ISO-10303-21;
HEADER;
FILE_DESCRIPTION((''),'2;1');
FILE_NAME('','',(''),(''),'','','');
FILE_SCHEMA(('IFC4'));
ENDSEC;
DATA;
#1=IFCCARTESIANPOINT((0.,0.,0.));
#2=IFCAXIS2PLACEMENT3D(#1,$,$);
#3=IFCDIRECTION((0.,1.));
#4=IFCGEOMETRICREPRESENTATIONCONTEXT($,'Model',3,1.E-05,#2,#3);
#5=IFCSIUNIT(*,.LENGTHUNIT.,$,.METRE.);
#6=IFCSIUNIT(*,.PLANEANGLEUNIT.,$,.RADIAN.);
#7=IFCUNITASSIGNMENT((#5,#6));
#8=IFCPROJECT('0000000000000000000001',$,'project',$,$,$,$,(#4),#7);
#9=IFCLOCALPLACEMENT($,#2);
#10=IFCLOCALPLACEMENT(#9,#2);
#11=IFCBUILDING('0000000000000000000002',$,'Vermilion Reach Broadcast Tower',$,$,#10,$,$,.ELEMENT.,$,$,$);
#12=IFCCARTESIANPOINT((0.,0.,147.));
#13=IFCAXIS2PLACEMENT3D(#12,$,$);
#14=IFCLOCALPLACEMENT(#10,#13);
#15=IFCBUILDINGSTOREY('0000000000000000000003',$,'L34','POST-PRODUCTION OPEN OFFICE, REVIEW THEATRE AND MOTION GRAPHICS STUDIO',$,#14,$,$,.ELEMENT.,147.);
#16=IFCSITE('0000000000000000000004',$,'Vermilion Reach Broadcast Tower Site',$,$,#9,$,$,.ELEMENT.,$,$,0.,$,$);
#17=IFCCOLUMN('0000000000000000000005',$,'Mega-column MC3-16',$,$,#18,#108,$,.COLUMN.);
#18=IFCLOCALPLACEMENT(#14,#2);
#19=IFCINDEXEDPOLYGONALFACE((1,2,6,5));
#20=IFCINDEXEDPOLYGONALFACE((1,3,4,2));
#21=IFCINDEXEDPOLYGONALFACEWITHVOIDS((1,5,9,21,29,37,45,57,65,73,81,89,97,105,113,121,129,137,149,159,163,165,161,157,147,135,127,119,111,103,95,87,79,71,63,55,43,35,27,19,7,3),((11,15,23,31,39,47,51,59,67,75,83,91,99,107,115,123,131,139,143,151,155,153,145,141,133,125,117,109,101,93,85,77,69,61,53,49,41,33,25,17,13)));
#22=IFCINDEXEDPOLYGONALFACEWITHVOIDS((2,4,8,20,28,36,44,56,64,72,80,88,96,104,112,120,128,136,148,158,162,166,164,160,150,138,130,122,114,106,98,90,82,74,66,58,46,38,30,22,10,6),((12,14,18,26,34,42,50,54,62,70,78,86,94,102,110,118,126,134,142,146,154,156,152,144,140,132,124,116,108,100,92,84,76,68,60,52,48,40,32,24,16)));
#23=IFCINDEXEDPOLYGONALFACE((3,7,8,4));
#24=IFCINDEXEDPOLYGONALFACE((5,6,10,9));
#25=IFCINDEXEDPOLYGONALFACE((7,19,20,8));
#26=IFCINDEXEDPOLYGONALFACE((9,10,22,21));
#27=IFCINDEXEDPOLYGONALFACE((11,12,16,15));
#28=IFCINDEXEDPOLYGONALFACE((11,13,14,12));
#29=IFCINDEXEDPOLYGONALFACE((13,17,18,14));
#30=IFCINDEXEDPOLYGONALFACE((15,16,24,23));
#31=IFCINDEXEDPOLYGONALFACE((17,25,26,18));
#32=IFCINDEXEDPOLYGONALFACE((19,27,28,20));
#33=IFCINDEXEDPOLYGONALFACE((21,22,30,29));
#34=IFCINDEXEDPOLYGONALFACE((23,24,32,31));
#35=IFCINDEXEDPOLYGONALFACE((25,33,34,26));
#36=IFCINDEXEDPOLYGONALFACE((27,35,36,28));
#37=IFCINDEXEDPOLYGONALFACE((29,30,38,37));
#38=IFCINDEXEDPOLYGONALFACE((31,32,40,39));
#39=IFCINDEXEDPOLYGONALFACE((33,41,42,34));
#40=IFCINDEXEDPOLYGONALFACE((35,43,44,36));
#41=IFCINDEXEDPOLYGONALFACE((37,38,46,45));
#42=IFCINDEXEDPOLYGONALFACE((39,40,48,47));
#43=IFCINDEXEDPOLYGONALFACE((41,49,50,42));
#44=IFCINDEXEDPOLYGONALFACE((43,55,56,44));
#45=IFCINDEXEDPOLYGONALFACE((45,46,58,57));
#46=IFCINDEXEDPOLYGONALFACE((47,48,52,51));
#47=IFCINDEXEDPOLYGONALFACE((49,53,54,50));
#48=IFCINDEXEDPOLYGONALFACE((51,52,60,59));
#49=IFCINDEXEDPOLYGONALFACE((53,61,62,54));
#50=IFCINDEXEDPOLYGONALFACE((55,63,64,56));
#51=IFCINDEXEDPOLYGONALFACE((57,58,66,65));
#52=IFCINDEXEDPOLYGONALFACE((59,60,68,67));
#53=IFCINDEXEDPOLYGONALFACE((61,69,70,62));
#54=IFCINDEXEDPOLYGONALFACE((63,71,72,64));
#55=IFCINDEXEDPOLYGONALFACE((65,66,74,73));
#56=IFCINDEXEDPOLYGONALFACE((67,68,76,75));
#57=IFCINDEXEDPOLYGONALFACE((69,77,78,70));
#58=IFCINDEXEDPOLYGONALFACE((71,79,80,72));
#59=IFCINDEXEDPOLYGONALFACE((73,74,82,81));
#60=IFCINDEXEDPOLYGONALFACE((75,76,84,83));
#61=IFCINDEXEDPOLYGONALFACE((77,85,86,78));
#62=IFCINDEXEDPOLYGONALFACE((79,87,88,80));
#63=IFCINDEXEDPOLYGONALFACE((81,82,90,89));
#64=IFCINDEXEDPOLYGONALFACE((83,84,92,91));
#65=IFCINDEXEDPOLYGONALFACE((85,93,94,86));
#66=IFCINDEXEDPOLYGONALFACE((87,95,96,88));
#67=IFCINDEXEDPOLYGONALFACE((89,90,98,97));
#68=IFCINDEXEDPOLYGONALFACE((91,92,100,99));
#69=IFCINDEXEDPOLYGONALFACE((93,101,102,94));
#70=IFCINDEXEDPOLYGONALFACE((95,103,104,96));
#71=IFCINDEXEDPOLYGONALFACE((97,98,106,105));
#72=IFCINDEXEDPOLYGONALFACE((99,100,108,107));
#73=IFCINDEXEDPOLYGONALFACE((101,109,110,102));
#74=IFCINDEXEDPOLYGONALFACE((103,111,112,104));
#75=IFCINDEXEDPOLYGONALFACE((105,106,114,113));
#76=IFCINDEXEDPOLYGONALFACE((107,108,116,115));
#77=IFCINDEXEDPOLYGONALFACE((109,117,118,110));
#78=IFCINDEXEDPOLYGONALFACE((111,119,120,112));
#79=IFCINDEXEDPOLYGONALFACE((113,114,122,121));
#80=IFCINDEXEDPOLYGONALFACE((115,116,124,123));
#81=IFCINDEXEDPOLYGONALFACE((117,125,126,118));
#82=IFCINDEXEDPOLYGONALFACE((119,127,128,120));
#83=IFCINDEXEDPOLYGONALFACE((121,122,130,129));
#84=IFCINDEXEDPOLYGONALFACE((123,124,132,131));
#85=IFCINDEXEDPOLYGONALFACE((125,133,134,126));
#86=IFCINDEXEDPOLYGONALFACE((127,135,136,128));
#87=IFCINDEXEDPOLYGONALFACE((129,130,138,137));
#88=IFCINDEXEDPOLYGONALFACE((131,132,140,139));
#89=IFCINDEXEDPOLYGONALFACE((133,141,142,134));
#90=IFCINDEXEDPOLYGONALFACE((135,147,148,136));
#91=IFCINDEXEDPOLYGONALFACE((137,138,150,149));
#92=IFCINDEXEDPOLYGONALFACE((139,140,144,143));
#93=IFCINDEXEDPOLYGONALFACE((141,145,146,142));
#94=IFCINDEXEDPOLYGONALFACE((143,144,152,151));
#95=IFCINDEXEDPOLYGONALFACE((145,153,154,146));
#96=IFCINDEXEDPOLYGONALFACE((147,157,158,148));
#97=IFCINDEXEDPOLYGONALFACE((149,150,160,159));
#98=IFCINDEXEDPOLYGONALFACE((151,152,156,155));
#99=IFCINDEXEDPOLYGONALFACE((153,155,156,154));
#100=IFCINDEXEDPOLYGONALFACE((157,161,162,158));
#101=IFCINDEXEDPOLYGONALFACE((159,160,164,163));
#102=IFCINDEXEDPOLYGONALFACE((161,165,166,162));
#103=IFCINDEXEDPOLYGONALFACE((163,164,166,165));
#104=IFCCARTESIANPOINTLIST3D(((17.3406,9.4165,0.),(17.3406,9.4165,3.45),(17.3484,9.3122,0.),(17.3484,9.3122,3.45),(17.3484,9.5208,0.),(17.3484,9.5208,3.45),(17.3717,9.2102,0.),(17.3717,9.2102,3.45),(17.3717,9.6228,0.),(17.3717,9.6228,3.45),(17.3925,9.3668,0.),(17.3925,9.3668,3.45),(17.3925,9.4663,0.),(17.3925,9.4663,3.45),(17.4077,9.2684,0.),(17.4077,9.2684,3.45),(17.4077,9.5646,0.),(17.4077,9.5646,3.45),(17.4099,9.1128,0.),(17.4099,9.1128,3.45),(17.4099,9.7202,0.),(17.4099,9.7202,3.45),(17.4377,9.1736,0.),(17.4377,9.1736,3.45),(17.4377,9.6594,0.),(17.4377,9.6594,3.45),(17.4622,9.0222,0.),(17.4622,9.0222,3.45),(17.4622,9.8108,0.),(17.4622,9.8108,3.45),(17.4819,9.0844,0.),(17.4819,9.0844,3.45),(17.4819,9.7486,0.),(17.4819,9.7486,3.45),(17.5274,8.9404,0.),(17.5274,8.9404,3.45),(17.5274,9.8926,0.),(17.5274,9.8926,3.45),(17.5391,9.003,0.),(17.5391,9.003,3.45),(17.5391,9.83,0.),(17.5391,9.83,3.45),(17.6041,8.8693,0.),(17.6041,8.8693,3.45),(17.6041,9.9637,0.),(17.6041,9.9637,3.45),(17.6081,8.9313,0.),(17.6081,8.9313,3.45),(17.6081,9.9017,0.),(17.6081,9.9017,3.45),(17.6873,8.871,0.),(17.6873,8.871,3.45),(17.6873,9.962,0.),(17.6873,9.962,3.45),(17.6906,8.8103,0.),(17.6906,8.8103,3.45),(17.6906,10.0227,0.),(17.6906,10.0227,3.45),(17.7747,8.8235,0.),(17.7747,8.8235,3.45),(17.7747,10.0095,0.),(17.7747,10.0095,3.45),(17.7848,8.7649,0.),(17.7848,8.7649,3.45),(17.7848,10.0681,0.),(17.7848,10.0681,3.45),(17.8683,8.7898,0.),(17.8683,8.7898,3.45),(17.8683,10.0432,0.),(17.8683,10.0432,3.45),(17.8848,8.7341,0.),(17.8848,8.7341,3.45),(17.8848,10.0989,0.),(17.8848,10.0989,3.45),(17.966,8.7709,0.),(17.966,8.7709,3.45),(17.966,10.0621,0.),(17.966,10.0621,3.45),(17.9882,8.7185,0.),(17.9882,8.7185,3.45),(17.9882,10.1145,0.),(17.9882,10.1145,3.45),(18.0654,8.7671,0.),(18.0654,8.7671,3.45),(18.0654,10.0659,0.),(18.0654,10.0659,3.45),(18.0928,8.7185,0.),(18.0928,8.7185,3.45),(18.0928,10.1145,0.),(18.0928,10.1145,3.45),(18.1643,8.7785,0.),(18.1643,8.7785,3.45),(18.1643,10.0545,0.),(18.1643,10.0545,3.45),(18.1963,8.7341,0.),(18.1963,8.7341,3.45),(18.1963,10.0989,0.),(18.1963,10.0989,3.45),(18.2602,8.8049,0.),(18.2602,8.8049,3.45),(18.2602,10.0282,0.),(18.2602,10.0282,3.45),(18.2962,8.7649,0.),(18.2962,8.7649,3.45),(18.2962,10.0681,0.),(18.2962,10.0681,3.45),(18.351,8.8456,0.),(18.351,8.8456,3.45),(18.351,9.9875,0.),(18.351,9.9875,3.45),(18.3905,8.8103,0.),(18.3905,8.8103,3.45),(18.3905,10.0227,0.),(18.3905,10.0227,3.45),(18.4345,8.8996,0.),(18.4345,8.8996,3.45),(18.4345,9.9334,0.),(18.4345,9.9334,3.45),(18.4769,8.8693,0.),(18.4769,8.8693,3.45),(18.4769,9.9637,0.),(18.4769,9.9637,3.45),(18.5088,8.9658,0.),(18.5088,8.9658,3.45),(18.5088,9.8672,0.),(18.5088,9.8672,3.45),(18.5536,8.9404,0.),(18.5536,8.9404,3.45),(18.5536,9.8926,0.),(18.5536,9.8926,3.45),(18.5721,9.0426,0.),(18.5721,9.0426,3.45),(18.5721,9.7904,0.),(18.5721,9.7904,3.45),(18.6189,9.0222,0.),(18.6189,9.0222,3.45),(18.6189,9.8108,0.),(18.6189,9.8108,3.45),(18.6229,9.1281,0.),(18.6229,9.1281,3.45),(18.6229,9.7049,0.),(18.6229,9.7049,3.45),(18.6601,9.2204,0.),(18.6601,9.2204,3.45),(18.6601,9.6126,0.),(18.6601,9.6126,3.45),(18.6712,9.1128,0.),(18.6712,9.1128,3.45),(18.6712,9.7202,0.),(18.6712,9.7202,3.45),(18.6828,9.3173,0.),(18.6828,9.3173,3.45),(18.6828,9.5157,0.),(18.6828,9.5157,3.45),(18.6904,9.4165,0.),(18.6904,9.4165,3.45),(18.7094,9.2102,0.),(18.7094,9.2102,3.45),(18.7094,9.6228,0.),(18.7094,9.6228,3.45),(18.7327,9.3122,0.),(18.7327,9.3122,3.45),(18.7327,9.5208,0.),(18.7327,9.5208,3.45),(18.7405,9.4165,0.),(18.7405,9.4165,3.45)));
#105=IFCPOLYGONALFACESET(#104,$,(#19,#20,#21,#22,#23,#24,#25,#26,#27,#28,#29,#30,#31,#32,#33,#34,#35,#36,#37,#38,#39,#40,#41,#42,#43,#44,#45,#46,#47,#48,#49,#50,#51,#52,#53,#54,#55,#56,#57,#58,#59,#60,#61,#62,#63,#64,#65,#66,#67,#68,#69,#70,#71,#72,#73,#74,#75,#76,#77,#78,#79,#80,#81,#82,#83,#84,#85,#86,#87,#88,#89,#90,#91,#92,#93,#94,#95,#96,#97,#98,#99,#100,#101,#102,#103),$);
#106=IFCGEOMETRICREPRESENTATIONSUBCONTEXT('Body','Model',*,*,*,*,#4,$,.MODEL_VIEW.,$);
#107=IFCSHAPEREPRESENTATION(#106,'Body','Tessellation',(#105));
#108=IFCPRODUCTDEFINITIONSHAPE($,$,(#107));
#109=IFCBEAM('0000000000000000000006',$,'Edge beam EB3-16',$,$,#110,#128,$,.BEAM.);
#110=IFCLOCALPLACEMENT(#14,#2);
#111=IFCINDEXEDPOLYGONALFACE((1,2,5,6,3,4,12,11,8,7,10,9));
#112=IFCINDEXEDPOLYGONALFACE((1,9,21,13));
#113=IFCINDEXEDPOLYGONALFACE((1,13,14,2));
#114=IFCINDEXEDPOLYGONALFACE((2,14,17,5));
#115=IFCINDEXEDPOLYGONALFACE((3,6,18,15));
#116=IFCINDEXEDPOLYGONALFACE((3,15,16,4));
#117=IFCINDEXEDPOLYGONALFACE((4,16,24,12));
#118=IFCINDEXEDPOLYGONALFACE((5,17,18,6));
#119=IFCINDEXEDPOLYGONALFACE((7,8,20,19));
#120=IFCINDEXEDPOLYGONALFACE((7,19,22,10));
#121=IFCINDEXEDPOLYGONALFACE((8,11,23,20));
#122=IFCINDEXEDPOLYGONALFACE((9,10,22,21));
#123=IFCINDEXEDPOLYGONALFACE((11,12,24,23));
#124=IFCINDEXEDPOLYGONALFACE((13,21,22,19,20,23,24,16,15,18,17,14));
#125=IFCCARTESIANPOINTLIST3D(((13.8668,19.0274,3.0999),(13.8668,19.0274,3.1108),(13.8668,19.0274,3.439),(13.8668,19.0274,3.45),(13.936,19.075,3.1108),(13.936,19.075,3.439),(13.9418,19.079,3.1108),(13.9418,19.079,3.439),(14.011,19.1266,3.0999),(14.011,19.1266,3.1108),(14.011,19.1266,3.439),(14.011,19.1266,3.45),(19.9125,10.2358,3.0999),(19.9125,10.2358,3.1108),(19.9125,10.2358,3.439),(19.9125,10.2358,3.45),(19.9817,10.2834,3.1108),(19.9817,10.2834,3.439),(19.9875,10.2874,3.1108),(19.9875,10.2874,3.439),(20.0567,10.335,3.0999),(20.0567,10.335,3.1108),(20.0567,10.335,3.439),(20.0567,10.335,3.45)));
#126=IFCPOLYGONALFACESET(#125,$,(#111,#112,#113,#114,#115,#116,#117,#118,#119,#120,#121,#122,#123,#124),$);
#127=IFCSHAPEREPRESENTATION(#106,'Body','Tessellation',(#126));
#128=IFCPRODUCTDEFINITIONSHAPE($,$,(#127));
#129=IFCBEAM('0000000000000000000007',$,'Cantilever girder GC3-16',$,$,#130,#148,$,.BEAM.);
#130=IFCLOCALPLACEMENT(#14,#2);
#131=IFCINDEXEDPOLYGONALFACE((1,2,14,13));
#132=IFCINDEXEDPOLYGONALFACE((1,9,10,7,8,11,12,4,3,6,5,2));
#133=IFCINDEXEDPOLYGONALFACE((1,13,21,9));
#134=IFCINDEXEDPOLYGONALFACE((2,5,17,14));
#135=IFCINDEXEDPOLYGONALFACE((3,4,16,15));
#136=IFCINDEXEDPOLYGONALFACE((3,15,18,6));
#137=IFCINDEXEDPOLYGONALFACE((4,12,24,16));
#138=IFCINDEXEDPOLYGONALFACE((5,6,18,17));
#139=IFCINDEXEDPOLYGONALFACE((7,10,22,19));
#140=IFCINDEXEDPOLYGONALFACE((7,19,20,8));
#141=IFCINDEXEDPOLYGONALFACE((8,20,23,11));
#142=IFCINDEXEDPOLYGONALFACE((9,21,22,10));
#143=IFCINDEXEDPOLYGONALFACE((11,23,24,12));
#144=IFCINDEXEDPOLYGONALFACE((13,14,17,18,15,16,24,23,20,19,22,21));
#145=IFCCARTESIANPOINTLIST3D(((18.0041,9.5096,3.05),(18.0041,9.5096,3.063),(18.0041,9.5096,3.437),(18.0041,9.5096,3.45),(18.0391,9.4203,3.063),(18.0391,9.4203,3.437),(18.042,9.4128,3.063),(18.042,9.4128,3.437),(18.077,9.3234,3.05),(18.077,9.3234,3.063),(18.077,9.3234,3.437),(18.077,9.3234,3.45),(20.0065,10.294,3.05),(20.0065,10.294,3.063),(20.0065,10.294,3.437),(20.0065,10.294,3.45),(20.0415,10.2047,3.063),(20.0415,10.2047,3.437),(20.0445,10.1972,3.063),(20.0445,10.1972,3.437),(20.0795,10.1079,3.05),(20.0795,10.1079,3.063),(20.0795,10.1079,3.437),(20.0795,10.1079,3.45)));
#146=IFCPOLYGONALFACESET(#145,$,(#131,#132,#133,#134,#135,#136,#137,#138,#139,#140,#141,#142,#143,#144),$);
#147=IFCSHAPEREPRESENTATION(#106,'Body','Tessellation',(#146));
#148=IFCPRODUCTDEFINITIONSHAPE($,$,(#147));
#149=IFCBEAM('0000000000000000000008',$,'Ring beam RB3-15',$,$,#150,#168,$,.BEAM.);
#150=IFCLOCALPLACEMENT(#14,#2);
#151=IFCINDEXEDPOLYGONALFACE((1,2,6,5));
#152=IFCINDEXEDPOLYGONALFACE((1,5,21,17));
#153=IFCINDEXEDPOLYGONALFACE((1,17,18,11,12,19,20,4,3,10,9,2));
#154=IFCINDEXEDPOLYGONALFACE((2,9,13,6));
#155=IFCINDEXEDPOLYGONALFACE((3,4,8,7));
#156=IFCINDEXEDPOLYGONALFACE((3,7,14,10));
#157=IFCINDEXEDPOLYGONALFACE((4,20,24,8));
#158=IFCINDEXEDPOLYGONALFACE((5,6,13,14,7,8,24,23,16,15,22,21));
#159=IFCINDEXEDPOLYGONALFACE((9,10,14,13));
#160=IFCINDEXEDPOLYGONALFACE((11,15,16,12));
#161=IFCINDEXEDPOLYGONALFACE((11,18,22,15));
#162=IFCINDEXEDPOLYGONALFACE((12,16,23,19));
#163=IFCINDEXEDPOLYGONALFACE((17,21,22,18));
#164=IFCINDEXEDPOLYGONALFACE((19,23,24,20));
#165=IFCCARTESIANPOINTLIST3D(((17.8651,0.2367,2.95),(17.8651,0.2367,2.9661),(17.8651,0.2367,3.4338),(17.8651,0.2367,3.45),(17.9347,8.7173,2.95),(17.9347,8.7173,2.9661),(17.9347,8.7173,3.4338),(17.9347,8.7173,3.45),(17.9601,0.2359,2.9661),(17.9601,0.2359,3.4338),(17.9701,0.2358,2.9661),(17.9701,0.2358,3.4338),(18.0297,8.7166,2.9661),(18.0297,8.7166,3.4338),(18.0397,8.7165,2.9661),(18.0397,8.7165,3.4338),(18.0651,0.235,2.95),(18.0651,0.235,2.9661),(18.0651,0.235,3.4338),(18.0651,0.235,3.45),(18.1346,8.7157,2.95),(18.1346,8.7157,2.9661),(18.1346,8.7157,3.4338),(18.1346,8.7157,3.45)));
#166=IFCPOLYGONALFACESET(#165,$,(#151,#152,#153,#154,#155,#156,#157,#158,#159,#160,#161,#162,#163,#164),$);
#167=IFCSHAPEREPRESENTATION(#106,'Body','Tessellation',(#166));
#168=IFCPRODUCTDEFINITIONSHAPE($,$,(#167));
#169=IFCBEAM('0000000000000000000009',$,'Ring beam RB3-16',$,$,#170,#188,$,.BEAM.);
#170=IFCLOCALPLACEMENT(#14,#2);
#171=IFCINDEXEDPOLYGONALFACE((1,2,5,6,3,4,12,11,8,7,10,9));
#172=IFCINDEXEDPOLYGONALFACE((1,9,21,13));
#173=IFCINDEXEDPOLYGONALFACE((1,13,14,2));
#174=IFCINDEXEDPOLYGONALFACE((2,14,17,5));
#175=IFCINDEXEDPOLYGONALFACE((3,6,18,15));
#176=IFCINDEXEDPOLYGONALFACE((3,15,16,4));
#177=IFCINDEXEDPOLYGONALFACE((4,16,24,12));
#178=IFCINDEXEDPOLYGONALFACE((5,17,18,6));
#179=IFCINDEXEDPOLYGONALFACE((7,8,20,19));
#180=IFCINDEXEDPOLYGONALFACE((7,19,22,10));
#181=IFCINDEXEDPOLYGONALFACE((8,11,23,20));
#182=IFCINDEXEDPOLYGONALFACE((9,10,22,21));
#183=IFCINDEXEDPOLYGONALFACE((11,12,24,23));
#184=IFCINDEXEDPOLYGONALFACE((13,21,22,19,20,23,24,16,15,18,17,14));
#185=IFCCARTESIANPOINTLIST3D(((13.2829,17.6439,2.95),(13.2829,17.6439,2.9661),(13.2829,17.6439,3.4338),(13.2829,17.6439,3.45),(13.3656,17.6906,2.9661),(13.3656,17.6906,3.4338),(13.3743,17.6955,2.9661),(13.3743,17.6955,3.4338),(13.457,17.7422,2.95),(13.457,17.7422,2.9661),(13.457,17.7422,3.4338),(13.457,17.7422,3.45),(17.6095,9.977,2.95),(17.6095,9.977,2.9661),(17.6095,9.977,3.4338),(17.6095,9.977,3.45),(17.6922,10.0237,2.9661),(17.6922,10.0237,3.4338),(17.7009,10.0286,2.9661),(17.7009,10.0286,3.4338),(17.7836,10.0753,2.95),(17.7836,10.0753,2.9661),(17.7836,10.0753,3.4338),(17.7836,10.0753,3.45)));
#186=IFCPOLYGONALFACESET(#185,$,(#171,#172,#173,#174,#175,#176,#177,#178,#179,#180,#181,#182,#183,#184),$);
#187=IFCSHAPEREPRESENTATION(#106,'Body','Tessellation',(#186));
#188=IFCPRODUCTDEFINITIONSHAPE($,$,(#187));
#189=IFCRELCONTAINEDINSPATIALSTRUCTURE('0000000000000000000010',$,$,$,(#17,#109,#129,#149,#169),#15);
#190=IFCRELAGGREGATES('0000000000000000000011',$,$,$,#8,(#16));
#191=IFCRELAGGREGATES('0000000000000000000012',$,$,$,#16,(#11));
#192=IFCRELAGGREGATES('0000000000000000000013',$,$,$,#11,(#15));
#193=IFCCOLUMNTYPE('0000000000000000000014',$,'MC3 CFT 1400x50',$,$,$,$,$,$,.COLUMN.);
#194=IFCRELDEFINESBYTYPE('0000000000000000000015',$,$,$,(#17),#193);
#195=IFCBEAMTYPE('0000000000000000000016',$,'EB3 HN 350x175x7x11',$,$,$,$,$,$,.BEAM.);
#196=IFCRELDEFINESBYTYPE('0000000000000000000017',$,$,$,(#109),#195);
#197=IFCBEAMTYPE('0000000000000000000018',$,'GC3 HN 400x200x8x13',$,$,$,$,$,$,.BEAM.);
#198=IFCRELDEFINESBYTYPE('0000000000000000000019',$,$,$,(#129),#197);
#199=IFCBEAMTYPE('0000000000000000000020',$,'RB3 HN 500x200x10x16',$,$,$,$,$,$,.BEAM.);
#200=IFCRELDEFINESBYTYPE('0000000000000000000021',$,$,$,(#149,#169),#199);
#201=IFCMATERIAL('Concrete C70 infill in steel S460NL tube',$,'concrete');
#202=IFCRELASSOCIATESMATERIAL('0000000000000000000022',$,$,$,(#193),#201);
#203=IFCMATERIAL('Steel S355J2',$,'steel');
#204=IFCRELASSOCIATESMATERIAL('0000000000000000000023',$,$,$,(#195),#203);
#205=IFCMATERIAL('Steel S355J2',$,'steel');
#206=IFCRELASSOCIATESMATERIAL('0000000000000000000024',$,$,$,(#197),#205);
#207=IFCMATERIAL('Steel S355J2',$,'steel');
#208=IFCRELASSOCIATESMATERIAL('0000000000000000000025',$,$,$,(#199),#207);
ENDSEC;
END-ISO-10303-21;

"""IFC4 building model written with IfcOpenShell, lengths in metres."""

from ifc_helpers import new_model, si_unit, direction, frame, origin, origin_2d, place, context, subcontext, project, spatial, hollow_circle, i_section, extrude, material, material_profile, profile_set, type_object, element, save


model = new_model("IFC4")

# Units and contexts
model_context = context("Model", 3, precision=1e-05, world=origin(), true_north=direction((0.0, 1.0)))
body_context = subcontext(model_context, "Body", "Model", "MODEL_VIEW")
ifc_project = project(units=[si_unit("LENGTHUNIT", "METRE"), si_unit("PLANEANGLEUNIT", "RADIAN")], contexts=[model_context])

# Site, building, storey
site_placement = place(None, origin())
site = spatial("IfcSite", under=ifc_project, at=site_placement, Name="Vermilion Reach Broadcast Tower Site", CompositionType="ELEMENT", RefElevation=0.0)
building_placement = place(site_placement, origin())
building = spatial("IfcBuilding", under=site, at=building_placement, Name="Vermilion Reach Broadcast Tower", CompositionType="ELEMENT")
storey_placement = place(building_placement, frame((0.0, 0.0, 147.0)))
storey = spatial("IfcBuildingStorey", under=building, at=storey_placement, Name="L34", Description="POST-PRODUCTION OPEN OFFICE, REVIEW THEATRE AND MOTION GRAPHICS STUDIO", CompositionType="ELEMENT", Elevation=147.0)

# Column
ifc_material_1 = material(Name="Concrete C70 infill in steel S460NL tube", Category="concrete")
ifc_material_profile_1 = material_profile(ifc_material_1, hollow_circle(Radius=0.7, WallThickness=0.05, at=origin_2d()), Name="Concrete C70 infill in steel S460NL tube CFT 1400x50")
ifc_profile_set_1 = profile_set([ifc_material_profile_1], Name="Concrete C70 infill in steel S460NL tube")
column_type = type_object("IfcColumnType", Name="MC3 CFT 1400x50", PredefinedType="COLUMN", material=ifc_profile_set_1)
column_placement = place(storey_placement, frame((18.0405, 9.4165, 0.0), z_axis=(0.0, 0.0, 1.0), x_axis=(1.0, 0.0, 0.0)))
element("IfcColumn", 1, at=column_placement, inside=storey, type_object=column_type, Name="Mega-column MC3-16", PredefinedType="COLUMN", context=body_context, shape_type="SweptSolid", body=[
    extrude(hollow_circle(Radius=0.7, WallThickness=0.05, at=origin_2d()), origin(), (0.0, 0.0, 1.0), 3.45),
])

# Beams
ifc_material_2 = material(Name="Steel S355J2", Category="steel")
ifc_material_profile_2 = material_profile(ifc_material_2, i_section(OverallWidth=0.175, OverallDepth=0.3501, WebThickness=0.0071, FlangeThickness=0.011, at=origin_2d()), Name="S355J2 HN 350x175x7x11")
ifc_profile_set_2 = profile_set([ifc_material_profile_2], Name="Steel S355J2")
beam_type_1 = type_object("IfcBeamType", Name="EB3 HN 350x175x7x11", PredefinedType="BEAM", material=ifc_profile_set_2)
beam_1_placement = place(storey_placement, frame((19.9846, 10.2854, 3.2749), z_axis=(-0.566624, 0.823976, 0.0), x_axis=(-0.823976, -0.566624, 0.0)))
element("IfcBeam", 2, at=beam_1_placement, inside=storey, type_object=beam_type_1, Name="Edge beam EB3-16", PredefinedType="BEAM", context=body_context, shape_type="SweptSolid", body=[
    extrude(i_section(OverallWidth=0.175, OverallDepth=0.3501, WebThickness=0.0071, FlangeThickness=0.011, at=origin_2d()), origin(), (0.0, 0.0, 1.0), 10.6697),
])
ifc_material_3 = material(Name="Steel S355J2", Category="steel")
ifc_material_profile_3 = material_profile(ifc_material_3, i_section(OverallWidth=0.2, OverallDepth=0.3999, WebThickness=0.0081, FlangeThickness=0.0129, at=origin_2d()), Name="S355J2 HN 400x200x8x13")
ifc_profile_set_3 = profile_set([ifc_material_profile_3], Name="Steel S355J2")
beam_type_2 = type_object("IfcBeamType", Name="GC3 HN 400x200x8x13", PredefinedType="BEAM", material=ifc_profile_set_3)
beam_2_placement = place(storey_placement, frame((18.0405, 9.4165, 3.25), z_axis=(0.931107, 0.364746, 0.0), x_axis=(-0.364746, 0.931107, 0.0)))
element("IfcBeam", 3, at=beam_2_placement, inside=storey, type_object=beam_type_2, Name="Cantilever girder GC3-16", PredefinedType="BEAM", context=body_context, shape_type="SweptSolid", body=[
    extrude(i_section(OverallWidth=0.2, OverallDepth=0.3999, WebThickness=0.0081, FlangeThickness=0.0129, at=origin_2d()), origin(), (0.0, 0.0, 1.0), 2.1506),
])
ifc_material_4 = material(Name="Steel S355J2", Category="steel")
ifc_material_profile_4 = material_profile(ifc_material_4, i_section(OverallWidth=0.2, OverallDepth=0.5, WebThickness=0.01, FlangeThickness=0.0161, at=origin_2d()), Name="S355J2 HN 500x200x10x16")
ifc_profile_set_4 = profile_set([ifc_material_profile_4], Name="Steel S355J2")
beam_type_3 = type_object("IfcBeamType", Name="RB3 HN 500x200x10x16", PredefinedType="BEAM", material=ifc_profile_set_4)
beam_3_placement = place(storey_placement, frame((17.9651, 0.2358, 3.2), z_axis=(0.008204, 0.999966, 0.0), x_axis=(-0.999966, 0.008204, 0.0)))
element("IfcBeam", 4, at=beam_3_placement, inside=storey, type_object=beam_type_3, Name="Ring beam RB3-15", PredefinedType="BEAM", context=body_context, shape_type="SweptSolid", body=[
    extrude(i_section(OverallWidth=0.2, OverallDepth=0.5, WebThickness=0.01, FlangeThickness=0.0161, at=origin_2d()), origin(), (0.0, 0.0, 1.0), 8.481),
])
beam_4_placement = place(storey_placement, frame((17.6965, 10.0261, 3.2), z_axis=(-0.491467, 0.870896, 0.0), x_axis=(-0.870896, -0.491467, 0.0)))
element("IfcBeam", 5, at=beam_4_placement, inside=storey, type_object=beam_type_3, Name="Ring beam RB3-16", PredefinedType="BEAM", context=body_context, shape_type="SweptSolid", body=[
    extrude(i_section(OverallWidth=0.2, OverallDepth=0.5, WebThickness=0.01, FlangeThickness=0.0161, at=origin_2d()), origin(), (0.0, 0.0, 1.0), 8.8035),
])

save(model, "model.ifc")
